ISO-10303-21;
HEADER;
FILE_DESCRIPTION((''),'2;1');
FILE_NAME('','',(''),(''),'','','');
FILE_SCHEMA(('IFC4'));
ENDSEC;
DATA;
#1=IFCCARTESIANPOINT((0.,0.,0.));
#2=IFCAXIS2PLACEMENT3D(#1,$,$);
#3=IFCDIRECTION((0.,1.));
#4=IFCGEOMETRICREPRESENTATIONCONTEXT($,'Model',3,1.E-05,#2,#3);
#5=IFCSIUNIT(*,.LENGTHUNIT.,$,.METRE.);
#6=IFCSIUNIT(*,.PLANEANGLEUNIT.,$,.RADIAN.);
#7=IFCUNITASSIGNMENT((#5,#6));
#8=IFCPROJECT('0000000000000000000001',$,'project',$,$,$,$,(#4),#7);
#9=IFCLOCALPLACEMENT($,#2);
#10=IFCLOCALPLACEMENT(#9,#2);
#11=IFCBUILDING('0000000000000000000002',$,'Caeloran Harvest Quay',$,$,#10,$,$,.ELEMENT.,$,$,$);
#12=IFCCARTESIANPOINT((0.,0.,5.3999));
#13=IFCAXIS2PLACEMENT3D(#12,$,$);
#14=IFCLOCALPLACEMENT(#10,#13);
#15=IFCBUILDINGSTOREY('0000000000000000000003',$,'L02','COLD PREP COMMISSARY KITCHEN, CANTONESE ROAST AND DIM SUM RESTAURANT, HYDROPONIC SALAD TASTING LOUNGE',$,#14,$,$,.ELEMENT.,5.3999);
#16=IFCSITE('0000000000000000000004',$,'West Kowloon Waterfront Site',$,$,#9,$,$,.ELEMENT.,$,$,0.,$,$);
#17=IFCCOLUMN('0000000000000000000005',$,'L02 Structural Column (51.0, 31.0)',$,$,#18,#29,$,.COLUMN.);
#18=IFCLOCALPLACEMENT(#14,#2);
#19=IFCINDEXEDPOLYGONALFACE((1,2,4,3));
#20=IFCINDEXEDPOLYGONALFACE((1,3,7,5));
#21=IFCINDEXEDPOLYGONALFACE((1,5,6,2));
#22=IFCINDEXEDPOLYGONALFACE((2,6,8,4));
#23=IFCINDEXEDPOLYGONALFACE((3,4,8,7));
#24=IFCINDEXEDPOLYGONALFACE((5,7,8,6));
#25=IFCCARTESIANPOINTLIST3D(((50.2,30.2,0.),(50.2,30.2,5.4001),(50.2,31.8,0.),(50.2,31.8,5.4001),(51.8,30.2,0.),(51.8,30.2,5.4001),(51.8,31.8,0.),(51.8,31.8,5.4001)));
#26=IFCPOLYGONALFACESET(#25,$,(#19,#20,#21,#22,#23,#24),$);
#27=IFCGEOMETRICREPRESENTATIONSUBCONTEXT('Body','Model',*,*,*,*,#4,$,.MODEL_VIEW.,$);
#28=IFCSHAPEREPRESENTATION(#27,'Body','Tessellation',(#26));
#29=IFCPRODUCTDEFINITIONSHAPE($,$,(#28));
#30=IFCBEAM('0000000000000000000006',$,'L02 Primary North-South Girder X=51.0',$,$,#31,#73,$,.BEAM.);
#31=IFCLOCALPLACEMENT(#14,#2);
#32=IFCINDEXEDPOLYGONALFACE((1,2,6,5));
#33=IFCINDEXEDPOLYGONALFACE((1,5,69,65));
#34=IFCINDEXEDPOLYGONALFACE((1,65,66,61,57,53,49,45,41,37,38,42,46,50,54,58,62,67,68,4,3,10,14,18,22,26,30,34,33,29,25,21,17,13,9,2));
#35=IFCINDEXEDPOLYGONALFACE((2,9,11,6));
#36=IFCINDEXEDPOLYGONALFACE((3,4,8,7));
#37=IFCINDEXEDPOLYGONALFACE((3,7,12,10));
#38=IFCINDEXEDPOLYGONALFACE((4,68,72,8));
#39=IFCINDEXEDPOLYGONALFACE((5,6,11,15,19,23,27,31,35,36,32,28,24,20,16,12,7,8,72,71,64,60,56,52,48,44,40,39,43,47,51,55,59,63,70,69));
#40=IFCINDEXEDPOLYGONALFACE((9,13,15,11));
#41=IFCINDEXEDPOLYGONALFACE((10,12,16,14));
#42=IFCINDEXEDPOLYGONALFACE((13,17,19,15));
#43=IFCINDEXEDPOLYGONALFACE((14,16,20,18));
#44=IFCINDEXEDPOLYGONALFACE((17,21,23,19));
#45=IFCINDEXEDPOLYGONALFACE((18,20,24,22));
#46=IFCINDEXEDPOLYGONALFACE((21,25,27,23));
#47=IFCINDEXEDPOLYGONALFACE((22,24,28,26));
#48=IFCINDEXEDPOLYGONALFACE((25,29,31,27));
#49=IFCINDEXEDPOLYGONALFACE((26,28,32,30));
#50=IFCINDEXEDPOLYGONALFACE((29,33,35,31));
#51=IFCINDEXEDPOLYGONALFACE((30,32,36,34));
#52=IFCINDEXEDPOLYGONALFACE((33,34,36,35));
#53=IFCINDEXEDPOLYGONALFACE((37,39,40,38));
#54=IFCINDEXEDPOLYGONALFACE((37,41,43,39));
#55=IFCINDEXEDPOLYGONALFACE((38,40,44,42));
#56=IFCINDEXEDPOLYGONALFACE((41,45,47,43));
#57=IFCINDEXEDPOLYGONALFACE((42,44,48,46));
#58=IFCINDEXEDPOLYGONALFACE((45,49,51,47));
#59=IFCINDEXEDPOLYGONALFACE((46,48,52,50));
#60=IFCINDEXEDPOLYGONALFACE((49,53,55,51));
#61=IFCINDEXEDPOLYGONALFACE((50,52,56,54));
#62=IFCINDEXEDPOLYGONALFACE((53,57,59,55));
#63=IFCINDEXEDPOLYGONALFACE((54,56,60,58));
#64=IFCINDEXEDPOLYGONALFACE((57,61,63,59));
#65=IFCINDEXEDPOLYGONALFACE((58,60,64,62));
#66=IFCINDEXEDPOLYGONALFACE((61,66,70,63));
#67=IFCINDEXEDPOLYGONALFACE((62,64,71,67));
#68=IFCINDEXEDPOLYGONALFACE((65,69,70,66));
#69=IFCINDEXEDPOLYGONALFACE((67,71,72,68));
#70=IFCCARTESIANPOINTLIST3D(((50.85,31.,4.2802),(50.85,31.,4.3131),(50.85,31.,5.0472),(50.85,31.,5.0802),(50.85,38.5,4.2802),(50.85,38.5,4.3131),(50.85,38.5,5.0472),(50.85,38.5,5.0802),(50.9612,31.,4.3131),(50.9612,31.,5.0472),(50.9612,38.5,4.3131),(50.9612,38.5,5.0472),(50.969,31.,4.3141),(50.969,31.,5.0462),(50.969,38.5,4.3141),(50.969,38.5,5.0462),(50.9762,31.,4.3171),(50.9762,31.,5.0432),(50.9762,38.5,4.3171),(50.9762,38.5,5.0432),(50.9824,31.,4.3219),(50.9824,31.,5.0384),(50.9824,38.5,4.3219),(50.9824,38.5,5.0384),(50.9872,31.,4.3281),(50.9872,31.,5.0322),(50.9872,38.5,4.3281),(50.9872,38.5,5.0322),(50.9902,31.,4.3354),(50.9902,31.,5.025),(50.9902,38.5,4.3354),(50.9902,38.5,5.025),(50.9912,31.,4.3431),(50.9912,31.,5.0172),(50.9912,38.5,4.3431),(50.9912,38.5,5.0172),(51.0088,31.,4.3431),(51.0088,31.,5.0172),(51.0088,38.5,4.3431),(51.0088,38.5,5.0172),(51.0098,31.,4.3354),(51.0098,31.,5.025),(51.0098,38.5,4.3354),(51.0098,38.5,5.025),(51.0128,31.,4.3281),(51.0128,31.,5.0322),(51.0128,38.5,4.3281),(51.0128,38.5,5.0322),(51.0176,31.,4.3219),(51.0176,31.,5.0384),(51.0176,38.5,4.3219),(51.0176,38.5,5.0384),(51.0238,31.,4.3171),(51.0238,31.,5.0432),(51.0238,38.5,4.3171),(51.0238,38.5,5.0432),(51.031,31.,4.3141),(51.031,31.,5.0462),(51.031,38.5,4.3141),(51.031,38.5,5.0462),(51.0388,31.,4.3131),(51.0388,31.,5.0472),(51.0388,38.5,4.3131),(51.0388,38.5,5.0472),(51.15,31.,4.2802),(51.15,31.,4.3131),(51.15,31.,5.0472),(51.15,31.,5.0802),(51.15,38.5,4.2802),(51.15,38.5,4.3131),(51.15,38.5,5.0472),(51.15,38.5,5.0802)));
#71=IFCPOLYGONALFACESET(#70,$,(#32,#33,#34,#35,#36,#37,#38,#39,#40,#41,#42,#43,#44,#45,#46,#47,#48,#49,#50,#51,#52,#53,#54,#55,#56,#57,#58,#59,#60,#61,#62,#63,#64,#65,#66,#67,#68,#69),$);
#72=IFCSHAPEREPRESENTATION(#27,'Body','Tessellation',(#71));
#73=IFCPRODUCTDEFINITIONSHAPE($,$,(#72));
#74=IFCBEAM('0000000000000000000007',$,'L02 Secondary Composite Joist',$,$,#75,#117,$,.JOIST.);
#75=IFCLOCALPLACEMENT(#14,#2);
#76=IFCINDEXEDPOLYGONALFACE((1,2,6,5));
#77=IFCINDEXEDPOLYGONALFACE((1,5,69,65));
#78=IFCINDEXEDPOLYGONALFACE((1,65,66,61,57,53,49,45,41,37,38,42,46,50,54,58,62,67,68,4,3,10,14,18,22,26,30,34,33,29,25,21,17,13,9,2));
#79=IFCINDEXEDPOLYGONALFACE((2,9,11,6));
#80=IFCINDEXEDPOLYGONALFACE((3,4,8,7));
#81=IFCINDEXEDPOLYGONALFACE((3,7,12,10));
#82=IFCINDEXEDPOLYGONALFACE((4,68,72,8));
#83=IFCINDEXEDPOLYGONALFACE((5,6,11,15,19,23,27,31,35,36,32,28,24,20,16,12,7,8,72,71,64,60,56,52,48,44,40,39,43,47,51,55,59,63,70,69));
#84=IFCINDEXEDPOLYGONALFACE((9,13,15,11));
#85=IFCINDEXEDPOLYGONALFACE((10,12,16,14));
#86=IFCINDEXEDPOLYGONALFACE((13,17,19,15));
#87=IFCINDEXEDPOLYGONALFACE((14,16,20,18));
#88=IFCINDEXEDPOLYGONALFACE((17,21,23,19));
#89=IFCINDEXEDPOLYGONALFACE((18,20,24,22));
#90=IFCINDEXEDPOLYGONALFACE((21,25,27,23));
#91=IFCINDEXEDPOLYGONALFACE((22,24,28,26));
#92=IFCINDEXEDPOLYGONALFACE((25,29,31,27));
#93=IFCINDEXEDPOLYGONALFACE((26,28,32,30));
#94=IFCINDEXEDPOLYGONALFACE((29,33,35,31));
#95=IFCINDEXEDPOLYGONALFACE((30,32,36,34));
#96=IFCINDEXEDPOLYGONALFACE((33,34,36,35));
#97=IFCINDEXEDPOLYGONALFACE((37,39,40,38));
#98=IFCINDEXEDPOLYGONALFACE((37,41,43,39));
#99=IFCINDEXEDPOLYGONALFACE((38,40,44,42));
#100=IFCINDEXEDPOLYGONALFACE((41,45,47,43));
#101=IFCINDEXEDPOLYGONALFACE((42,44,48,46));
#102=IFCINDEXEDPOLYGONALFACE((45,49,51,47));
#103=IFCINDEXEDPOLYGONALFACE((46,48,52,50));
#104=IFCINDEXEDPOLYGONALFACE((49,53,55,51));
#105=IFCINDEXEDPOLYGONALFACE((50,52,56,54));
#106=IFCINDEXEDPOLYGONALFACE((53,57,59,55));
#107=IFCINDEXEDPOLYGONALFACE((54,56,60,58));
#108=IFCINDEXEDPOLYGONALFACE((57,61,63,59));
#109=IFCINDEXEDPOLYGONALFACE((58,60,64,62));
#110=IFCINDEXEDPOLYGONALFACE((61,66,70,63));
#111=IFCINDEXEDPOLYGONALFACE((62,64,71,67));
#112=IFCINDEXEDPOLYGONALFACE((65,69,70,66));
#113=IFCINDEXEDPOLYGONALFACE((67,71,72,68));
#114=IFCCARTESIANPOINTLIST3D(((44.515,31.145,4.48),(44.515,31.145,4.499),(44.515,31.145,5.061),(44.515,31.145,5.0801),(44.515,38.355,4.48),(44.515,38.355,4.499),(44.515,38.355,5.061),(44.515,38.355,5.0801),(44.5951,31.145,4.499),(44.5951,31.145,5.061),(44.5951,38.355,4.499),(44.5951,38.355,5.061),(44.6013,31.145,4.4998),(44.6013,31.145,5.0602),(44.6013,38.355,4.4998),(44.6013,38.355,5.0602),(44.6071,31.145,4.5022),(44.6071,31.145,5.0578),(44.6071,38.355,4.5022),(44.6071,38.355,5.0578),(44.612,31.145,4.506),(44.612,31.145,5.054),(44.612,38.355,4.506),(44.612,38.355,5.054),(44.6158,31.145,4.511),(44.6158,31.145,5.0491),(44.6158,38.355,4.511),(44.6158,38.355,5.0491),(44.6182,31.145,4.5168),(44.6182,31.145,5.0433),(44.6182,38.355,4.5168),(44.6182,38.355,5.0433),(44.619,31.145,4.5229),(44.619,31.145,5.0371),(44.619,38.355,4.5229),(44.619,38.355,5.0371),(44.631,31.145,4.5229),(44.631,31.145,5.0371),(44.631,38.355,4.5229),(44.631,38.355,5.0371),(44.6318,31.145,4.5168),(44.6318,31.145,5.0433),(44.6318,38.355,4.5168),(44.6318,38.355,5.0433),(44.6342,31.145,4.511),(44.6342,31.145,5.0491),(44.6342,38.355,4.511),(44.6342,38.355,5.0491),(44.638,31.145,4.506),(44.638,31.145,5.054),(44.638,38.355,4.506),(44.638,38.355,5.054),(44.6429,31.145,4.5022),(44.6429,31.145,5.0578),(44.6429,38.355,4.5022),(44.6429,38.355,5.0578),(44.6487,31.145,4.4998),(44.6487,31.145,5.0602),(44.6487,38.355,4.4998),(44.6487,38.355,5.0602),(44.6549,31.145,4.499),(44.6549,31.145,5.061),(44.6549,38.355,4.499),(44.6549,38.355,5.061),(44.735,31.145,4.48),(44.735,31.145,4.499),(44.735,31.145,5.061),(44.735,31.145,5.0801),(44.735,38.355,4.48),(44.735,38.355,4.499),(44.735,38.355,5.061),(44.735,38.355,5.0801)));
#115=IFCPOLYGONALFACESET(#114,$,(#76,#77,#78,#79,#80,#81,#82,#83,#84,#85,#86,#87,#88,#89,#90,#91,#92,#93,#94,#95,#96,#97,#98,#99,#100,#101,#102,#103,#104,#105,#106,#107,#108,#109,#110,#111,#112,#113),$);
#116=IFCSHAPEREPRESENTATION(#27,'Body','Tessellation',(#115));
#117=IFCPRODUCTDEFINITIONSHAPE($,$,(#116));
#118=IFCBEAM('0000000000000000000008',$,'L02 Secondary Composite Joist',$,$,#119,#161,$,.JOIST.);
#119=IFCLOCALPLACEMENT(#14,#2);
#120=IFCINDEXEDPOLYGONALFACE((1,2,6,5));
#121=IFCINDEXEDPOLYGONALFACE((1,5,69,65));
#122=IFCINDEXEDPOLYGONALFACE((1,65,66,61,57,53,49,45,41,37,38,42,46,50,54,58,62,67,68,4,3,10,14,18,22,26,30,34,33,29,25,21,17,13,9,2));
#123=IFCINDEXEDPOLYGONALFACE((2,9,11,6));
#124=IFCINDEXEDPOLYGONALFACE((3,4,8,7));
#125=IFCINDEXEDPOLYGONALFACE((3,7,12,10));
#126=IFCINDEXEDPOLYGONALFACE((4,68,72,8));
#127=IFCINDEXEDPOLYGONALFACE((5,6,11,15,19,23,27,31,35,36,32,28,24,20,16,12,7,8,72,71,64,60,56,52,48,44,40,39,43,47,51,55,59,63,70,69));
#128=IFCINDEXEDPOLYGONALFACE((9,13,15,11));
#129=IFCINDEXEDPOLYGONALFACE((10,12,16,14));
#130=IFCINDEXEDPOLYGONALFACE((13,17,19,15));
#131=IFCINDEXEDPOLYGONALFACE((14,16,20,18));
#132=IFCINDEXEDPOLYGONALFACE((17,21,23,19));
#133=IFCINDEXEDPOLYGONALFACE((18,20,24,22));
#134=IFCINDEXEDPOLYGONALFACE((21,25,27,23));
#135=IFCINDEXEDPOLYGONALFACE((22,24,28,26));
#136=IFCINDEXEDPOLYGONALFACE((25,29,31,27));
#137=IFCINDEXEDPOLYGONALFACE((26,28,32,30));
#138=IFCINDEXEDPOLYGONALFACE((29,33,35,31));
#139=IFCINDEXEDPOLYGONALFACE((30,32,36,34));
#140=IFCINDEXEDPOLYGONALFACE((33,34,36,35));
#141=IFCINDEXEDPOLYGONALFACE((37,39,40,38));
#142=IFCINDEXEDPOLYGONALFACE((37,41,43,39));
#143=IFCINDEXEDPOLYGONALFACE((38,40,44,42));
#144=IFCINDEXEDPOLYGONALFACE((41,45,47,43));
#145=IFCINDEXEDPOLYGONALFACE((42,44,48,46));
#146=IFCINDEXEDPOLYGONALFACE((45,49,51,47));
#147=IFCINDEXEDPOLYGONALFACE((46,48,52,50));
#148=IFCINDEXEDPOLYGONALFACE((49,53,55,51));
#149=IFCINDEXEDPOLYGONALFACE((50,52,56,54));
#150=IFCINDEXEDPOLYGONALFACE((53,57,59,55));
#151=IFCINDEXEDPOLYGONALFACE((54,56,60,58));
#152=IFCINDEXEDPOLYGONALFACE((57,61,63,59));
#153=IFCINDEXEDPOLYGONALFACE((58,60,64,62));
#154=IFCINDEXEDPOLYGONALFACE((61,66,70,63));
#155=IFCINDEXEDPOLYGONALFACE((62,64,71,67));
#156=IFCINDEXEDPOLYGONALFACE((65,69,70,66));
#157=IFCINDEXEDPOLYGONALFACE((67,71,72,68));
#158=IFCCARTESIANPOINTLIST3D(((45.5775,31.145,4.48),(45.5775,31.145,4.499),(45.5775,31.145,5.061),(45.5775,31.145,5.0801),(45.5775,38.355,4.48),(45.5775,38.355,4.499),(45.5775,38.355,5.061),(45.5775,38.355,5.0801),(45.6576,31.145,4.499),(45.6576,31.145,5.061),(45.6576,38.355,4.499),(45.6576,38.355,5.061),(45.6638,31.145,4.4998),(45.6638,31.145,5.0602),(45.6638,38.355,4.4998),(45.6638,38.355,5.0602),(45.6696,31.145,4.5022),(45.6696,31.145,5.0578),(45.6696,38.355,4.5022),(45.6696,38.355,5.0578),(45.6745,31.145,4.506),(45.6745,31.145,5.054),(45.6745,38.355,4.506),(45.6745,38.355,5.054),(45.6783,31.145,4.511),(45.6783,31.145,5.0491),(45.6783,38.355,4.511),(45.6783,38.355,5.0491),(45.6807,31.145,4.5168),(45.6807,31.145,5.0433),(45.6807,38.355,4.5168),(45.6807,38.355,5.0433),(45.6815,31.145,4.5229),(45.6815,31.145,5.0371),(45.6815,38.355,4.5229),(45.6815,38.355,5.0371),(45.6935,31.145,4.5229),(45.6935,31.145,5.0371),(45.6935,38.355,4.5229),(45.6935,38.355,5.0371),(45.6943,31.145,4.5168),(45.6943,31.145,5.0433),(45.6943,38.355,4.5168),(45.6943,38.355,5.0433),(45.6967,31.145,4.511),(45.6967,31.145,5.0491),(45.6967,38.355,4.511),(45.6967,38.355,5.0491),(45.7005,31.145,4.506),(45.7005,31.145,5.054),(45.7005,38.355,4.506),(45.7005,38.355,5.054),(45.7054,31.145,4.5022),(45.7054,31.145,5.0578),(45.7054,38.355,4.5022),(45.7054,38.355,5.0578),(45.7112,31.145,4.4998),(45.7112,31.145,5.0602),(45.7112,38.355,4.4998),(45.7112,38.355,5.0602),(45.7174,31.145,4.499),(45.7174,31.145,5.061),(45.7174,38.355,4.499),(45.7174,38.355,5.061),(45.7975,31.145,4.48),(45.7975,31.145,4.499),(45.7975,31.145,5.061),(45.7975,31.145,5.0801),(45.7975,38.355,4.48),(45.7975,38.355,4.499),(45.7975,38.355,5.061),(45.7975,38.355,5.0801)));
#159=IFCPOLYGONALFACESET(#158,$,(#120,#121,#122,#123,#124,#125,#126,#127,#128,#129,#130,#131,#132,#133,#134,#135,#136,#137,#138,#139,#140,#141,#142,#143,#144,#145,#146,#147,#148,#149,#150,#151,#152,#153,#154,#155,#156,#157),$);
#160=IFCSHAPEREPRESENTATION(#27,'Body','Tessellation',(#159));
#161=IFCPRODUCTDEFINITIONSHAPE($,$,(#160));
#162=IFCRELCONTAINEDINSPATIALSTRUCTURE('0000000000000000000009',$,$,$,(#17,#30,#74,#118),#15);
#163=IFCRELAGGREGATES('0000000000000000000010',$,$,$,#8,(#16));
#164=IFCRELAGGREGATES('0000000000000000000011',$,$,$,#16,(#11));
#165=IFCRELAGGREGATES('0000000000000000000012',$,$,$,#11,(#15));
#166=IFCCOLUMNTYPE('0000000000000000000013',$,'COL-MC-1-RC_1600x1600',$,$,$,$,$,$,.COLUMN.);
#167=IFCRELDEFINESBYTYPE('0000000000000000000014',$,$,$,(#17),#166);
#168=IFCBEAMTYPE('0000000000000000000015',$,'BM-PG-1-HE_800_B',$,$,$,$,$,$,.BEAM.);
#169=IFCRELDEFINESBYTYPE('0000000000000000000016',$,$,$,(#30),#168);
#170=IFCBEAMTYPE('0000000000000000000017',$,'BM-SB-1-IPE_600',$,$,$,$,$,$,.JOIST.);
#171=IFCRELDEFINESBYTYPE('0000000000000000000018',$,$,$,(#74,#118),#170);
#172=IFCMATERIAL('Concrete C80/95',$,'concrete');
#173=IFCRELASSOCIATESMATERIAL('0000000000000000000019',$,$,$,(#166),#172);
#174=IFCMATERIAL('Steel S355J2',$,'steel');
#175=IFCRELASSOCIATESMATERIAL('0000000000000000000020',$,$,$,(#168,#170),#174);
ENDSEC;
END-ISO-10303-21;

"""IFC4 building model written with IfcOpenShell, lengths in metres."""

from ifc_helpers import new_model, si_unit, direction, frame, origin, origin_2d, place, context, subcontext, project, spatial, rectangle, i_section, extrude, material, material_profile, profile_set, type_object, element, save


model = new_model("IFC4")

# Units and contexts
model_context = context("Model", 3, precision=1e-05, world=origin(), true_north=direction((0.0, 1.0)))
body_context = subcontext(model_context, "Body", "Model", "MODEL_VIEW")
ifc_project = project(units=[si_unit("LENGTHUNIT", "METRE"), si_unit("PLANEANGLEUNIT", "RADIAN")], contexts=[model_context])

# Site, building, storey
site_placement = place(None, origin())
site = spatial("IfcSite", under=ifc_project, at=site_placement, Name="West Kowloon Waterfront Site", CompositionType="ELEMENT", RefElevation=0.0)
building_placement = place(site_placement, origin())
building = spatial("IfcBuilding", under=site, at=building_placement, Name="Caeloran Harvest Quay", CompositionType="ELEMENT")
storey_placement = place(building_placement, frame((0.0, 0.0, 5.3999)))
storey = spatial("IfcBuildingStorey", under=building, at=storey_placement, Name="L02", Description="COLD PREP COMMISSARY KITCHEN, CANTONESE ROAST AND DIM SUM RESTAURANT, HYDROPONIC SALAD TASTING LOUNGE", CompositionType="ELEMENT", Elevation=5.3999)

# Column
ifc_material_1 = material(Name="Concrete C80/95", Category="concrete")
ifc_material_profile_1 = material_profile(ifc_material_1, rectangle(XDim=1.6001, YDim=1.6001, at=origin_2d()), Name="RC 1600x1600")
ifc_profile_set_1 = profile_set([ifc_material_profile_1], Name="Concrete C80/95")
column_type = type_object("IfcColumnType", Name="COL-MC-1-RC_1600x1600", PredefinedType="COLUMN", material=ifc_profile_set_1)
column_placement = place(storey_placement, frame((51.0, 31.0, 0.0), z_axis=(0.0, 0.0, 1.0), x_axis=(1.0, 0.0, 0.0)))
element("IfcColumn", 1, at=column_placement, inside=storey, type_object=column_type, Name="L02 Structural Column (51.0, 31.0)", PredefinedType="COLUMN", context=body_context, shape_type="SweptSolid", body=[
    extrude(rectangle(XDim=1.6001, YDim=1.6001, at=origin_2d()), origin(), (0.0, 0.0, 1.0), 5.4001),
])

# Beams
ifc_material_2 = material(Name="Steel S355J2", Category="steel")
ifc_material_profile_2 = material_profile(ifc_material_2, i_section(OverallWidth=0.3, OverallDepth=0.8, WebThickness=0.0176, FlangeThickness=0.033, FilletRadius=0.03, at=origin_2d()), Name="HE 800 B")
ifc_profile_set_2 = profile_set([ifc_material_profile_2], Name="Steel S355J2")
beam_type_1 = type_object("IfcBeamType", Name="BM-PG-1-HE_800_B", PredefinedType="BEAM", material=ifc_profile_set_2)
beam_placement = place(storey_placement, frame((51.0, 31.0, 4.6802), z_axis=(0.0, 1.0, 0.0), x_axis=(-1.0, 0.0, 0.0)))
element("IfcBeam", 2, at=beam_placement, inside=storey, type_object=beam_type_1, Name="L02 Primary North-South Girder X=51.0", PredefinedType="BEAM", context=body_context, shape_type="SweptSolid", body=[
    extrude(i_section(OverallWidth=0.3, OverallDepth=0.8, WebThickness=0.0176, FlangeThickness=0.033, FilletRadius=0.03, at=origin_2d()), origin(), (0.0, 0.0, 1.0), 7.5),
])
ifc_material_profile_3 = material_profile(ifc_material_2, i_section(OverallWidth=0.22, OverallDepth=0.6001, WebThickness=0.012, FlangeThickness=0.019, FilletRadius=0.0239, at=origin_2d()), Name="IPE 600")
ifc_profile_set_3 = profile_set([ifc_material_profile_3], Name="Steel S355J2")
beam_type_2 = type_object("IfcBeamType", Name="BM-SB-1-IPE_600", PredefinedType="JOIST", material=ifc_profile_set_3)
for number, where, z_axis, x_axis, name in (
    (3, (44.625, 31.145, 4.78), (0.0, 1.0, 0.0), (-1.0, 0.0, 0.0), "L02 Secondary Composite Joist"),
    (4, (45.6875, 31.145, 4.78), (0.0, 1.0, 0.0), (-1.0, 0.0, 0.0), "L02 Secondary Composite Joist"),
):
    element("IfcBeam", number, at=place(storey_placement, frame(where, z_axis=z_axis, x_axis=x_axis)), inside=storey, type_object=beam_type_2, Name=name, PredefinedType="JOIST", context=body_context, shape_type="SweptSolid", body=[
        extrude(i_section(OverallWidth=0.22, OverallDepth=0.6001, WebThickness=0.012, FlangeThickness=0.019, FilletRadius=0.0239, at=origin_2d()), origin(), (0.0, 0.0, 1.0), 7.21),
    ])

save(model, "model.ifc")
